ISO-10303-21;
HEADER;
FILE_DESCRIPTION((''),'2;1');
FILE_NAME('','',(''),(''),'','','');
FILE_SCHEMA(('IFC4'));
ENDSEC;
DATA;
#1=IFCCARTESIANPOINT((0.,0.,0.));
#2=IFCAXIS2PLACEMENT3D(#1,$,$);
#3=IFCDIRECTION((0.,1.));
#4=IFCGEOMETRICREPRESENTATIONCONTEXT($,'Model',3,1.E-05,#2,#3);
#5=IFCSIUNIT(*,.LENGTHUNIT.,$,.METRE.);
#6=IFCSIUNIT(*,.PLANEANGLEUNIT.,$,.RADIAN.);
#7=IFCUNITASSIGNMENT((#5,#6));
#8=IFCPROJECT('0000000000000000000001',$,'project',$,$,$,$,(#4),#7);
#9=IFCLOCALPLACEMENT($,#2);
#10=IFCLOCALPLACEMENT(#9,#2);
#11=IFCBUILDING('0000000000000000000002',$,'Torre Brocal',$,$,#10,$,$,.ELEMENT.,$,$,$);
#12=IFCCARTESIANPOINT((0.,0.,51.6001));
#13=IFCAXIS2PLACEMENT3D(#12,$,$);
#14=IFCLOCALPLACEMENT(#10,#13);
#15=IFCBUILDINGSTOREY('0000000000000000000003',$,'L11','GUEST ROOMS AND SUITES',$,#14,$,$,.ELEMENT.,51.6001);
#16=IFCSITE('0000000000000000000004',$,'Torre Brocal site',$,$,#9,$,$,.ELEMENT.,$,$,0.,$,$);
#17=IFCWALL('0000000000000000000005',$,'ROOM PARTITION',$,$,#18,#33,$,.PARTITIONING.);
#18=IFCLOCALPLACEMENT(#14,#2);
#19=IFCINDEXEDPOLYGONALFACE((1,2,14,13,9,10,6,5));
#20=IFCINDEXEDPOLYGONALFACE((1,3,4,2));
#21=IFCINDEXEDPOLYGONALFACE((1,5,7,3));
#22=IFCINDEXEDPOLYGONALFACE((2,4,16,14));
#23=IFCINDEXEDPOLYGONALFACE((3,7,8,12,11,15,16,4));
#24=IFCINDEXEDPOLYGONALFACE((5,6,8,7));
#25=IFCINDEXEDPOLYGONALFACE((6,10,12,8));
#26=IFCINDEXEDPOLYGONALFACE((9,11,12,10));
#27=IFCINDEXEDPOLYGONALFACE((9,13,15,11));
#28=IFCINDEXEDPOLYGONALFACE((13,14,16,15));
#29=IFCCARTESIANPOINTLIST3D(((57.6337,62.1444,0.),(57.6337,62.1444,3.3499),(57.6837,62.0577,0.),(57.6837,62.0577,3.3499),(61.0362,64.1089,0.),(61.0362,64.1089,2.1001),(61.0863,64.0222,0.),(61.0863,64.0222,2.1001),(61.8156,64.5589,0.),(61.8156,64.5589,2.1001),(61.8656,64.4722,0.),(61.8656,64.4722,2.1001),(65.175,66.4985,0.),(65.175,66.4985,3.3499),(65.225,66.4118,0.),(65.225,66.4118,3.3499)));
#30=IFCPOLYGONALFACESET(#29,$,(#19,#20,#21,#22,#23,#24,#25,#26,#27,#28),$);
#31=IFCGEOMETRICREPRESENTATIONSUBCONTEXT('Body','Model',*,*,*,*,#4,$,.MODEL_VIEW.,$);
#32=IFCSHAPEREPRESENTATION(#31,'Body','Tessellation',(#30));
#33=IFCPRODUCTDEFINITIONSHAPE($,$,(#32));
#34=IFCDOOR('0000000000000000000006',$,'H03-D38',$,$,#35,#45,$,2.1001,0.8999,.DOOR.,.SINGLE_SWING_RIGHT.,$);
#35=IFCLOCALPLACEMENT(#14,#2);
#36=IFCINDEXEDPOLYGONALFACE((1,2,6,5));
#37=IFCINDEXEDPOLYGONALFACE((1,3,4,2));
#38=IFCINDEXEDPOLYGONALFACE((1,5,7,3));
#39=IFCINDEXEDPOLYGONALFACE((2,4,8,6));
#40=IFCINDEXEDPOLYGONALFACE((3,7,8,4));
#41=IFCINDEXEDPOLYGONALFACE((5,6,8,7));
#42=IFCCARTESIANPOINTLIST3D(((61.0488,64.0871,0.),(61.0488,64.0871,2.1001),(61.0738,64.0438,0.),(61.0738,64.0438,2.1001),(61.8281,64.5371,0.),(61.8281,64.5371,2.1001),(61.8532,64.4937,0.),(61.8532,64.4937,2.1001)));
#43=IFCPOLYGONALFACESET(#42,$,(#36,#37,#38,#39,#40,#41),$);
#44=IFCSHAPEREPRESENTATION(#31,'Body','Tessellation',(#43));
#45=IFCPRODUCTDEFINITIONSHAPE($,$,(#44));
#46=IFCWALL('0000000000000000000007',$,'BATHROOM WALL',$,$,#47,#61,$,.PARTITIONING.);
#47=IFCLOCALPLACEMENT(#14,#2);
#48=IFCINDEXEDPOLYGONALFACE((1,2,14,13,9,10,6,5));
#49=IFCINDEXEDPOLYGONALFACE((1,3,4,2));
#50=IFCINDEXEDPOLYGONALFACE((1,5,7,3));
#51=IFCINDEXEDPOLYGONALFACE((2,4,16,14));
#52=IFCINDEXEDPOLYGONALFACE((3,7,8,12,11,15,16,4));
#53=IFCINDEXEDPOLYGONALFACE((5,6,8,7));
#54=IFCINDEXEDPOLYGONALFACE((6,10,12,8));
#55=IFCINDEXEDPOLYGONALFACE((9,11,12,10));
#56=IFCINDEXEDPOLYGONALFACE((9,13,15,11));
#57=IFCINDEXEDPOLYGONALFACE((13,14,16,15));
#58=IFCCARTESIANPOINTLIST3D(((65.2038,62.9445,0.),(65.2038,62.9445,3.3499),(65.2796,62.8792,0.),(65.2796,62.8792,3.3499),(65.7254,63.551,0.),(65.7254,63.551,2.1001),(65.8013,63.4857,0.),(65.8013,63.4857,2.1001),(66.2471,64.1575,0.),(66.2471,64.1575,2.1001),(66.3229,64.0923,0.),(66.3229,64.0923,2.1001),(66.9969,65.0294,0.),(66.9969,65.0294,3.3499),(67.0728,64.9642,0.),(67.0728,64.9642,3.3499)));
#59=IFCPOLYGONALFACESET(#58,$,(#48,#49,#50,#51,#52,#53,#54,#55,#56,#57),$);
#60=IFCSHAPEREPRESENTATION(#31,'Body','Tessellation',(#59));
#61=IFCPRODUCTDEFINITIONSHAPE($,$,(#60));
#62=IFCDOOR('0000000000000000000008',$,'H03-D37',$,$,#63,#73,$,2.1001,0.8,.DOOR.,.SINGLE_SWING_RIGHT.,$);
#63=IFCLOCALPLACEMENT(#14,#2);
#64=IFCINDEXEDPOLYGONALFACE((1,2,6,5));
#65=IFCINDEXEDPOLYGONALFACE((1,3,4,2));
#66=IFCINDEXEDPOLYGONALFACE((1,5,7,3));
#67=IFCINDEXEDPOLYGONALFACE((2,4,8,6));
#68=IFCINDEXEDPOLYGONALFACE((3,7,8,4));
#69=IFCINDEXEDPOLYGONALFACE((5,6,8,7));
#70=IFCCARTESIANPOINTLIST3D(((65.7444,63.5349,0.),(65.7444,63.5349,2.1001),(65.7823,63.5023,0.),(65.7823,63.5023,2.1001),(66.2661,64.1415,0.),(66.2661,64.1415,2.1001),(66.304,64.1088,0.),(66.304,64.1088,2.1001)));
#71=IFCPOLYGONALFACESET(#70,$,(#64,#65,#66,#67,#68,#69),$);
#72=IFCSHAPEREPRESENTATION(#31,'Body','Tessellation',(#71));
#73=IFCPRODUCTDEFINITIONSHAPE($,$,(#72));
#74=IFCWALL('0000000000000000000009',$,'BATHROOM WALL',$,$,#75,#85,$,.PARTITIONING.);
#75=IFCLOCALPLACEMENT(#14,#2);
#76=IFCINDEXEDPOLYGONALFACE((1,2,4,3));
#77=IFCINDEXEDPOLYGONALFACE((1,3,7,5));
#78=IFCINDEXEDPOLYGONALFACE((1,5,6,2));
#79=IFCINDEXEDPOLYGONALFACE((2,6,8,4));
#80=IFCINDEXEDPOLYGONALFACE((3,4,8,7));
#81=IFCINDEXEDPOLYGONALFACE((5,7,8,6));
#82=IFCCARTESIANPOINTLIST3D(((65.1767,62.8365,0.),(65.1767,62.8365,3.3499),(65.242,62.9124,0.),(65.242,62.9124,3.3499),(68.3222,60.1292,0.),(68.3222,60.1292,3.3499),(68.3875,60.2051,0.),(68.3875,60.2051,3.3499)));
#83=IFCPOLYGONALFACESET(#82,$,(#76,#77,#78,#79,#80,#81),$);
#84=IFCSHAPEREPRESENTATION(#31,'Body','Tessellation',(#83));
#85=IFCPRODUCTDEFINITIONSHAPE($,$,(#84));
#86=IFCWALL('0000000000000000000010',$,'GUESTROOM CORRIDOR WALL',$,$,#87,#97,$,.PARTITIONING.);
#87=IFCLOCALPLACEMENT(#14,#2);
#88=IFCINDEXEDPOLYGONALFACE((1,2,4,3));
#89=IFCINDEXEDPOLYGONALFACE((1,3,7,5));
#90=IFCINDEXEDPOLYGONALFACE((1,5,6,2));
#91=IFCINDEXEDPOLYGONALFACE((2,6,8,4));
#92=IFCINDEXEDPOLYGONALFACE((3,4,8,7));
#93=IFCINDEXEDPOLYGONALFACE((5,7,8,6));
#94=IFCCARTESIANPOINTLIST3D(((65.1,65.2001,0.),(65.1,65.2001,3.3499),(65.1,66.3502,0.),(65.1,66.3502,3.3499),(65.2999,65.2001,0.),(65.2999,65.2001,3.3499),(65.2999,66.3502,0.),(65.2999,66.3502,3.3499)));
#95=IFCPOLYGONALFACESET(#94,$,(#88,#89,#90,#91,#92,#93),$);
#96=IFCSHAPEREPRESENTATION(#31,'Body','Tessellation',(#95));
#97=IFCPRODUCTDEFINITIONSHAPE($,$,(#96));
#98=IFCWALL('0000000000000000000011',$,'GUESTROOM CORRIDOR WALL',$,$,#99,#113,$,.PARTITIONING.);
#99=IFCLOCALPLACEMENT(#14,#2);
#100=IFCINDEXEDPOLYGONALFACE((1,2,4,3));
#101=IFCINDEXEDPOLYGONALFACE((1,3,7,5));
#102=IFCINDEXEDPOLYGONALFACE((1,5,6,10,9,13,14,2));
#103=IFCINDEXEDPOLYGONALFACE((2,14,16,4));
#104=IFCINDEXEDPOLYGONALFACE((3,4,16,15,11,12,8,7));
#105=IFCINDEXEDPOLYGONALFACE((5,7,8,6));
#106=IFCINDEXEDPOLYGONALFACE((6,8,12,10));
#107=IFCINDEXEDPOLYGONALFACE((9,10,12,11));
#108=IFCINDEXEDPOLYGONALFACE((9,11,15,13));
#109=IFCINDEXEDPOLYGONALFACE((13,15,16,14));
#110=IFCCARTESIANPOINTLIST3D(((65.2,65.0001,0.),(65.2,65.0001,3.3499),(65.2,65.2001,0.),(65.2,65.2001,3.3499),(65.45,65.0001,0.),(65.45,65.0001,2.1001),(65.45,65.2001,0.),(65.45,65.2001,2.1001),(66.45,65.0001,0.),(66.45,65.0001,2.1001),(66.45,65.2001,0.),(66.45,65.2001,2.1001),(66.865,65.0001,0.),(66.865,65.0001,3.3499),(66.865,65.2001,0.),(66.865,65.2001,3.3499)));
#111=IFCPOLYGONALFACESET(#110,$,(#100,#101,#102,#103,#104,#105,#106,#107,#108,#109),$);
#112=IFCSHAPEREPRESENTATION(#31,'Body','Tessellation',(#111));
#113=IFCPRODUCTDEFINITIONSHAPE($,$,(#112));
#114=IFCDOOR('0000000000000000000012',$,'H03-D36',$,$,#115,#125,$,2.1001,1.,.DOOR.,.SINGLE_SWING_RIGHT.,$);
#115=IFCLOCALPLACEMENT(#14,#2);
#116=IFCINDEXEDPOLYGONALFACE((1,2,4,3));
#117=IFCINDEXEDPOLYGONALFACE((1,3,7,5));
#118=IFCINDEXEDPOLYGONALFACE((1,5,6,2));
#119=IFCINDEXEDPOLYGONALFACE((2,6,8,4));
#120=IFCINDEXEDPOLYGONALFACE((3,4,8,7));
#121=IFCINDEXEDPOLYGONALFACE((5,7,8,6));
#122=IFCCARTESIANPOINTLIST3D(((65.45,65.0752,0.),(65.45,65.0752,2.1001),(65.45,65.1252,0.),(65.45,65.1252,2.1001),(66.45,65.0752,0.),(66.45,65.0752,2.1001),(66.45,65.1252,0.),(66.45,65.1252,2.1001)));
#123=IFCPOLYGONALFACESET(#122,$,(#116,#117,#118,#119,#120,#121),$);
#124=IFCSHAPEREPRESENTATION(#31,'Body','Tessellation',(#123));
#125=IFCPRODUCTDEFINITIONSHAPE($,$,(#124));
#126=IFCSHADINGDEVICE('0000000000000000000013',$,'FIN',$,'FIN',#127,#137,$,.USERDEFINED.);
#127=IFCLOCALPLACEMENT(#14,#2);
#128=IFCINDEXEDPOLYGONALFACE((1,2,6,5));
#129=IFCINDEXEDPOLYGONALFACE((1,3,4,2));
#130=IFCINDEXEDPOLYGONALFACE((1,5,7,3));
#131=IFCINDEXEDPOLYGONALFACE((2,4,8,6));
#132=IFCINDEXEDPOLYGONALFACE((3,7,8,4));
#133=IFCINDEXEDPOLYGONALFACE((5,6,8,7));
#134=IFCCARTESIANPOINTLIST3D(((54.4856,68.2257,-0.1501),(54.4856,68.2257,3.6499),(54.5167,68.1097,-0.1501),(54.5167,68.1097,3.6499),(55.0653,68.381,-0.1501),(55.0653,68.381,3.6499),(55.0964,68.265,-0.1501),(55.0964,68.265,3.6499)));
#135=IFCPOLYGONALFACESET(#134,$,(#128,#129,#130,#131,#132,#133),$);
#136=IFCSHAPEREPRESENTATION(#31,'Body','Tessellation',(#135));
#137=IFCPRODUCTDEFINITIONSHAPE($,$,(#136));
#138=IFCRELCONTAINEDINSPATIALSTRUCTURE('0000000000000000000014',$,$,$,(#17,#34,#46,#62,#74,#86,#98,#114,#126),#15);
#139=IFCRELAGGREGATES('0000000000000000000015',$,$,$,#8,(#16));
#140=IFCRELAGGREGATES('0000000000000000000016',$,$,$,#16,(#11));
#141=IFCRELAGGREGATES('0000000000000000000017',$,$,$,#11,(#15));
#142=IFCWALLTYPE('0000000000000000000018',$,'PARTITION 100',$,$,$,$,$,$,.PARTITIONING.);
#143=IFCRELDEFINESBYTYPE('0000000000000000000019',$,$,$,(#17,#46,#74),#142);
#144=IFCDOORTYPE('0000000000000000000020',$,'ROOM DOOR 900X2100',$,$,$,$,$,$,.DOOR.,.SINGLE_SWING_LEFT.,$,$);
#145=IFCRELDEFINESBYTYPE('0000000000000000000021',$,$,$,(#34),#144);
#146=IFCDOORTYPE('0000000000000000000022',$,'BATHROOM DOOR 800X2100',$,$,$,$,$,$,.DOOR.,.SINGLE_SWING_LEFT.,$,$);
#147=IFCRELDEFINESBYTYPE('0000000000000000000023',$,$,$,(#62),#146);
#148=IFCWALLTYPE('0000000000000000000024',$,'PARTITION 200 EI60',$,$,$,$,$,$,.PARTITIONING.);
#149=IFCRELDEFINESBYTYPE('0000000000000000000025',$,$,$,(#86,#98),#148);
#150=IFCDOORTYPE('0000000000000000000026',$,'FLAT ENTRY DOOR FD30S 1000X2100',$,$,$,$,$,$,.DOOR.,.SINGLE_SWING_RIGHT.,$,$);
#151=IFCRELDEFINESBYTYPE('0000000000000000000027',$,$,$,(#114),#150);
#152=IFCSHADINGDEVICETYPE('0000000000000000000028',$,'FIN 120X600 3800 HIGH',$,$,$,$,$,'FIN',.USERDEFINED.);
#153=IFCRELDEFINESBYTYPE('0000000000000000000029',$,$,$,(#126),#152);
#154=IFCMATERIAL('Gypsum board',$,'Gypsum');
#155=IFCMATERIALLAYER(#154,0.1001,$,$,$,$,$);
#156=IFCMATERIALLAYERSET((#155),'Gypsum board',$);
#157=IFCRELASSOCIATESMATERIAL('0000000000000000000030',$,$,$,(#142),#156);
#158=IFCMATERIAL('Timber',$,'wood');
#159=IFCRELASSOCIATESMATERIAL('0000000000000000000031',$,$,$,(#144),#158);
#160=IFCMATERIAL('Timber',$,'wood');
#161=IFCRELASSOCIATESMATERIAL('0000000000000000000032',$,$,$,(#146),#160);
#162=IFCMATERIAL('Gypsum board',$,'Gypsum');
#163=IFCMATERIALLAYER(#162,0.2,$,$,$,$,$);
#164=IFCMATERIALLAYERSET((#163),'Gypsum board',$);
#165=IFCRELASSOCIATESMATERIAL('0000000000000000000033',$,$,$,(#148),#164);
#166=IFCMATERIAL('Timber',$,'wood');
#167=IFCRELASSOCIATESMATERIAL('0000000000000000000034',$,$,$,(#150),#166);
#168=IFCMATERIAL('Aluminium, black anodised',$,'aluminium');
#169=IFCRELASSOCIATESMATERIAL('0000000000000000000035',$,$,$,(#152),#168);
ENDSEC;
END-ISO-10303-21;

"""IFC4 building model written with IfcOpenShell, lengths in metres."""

from ifc_helpers import new_model, si_unit, direction, frame, frame_2d, origin, origin_2d, place, context, subcontext, project, spatial, rectangle, extrude, material, layer, layer_set, material_profile, profile_set, type_object, element, fill, save


model = new_model("IFC4")

# Units and contexts
model_context = context("Model", 3, precision=1e-05, world=origin(), true_north=direction((0.0, 1.0)))
body_context = subcontext(model_context, "Body", "Model", "MODEL_VIEW")
ifc_project = project(units=[si_unit("LENGTHUNIT", "METRE"), si_unit("PLANEANGLEUNIT", "RADIAN")], contexts=[model_context])

# Site, building, storey
site_placement = place(None, origin())
site = spatial("IfcSite", under=ifc_project, at=site_placement, Name="Torre Brocal site", CompositionType="ELEMENT", RefElevation=0.0)
building_placement = place(site_placement, origin())
building = spatial("IfcBuilding", under=site, at=building_placement, Name="Torre Brocal", CompositionType="ELEMENT")
storey_placement = place(building_placement, frame((0.0, 0.0, 51.6001)))
storey = spatial("IfcBuildingStorey", under=building, at=storey_placement, Name="L11", Description="GUEST ROOMS AND SUITES", CompositionType="ELEMENT", Elevation=51.6001)

# Walls, openings, doors
ifc_material_1 = material(Name="Gypsum board", Category="Gypsum")
ifc_layer_1 = layer(ifc_material_1, 0.1001)
ifc_layer_set_1 = layer_set([ifc_layer_1], Name="Gypsum board")
wall_type_1 = type_object("IfcWallType", Name="PARTITION 100", PredefinedType="PARTITIONING", material=ifc_layer_set_1)
wall_1_placement = place(storey_placement, frame((57.6587, 62.1011, 0.0), z_axis=(0.0, 0.0, 1.0), x_axis=(0.866023, 0.500005, 0.0)))
wall_1 = element("IfcWall", 1, at=wall_1_placement, inside=storey, type_object=wall_type_1, Name="ROOM PARTITION", PredefinedType="PARTITIONING", context=body_context, shape_type="SweptSolid", body=[
    extrude(rectangle(XDim=8.708, YDim=0.1001, at=frame_2d((4.354, 0.0))), origin(), (0.0, 0.0, 1.0), 3.3499),
])
opening_1_placement = place(wall_1_placement, frame((3.929, 0.0, 0.0)))
opening_1 = element("IfcOpeningElement", 2, at=opening_1_placement, cuts=wall_1, PredefinedType="OPENING", context=body_context, shape_type="SweptSolid", body=[
    extrude(rectangle(XDim=0.8999, YDim=2.1001, at=frame_2d((0.45, 1.05))), frame((0.0, 0.0601, 0.0), z_axis=(0.0, -1.0, 0.0), x_axis=(1.0, 0.0, 0.0)), (0.0, 0.0, 1.0), 0.1201),
])
ifc_material_2 = material(Name="Timber", Category="wood")
door_type_1 = type_object("IfcDoorType", Name="ROOM DOOR 900X2100", OperationType="SINGLE_SWING_LEFT", PredefinedType="DOOR", material=ifc_material_2)
door_1_placement = place(opening_1_placement, origin())
door_1 = element("IfcDoor", 3, at=door_1_placement, inside=storey, type_object=door_type_1, Name="H03-D38", OperationType="SINGLE_SWING_RIGHT", OverallHeight=2.1001, OverallWidth=0.8999, PredefinedType="DOOR", context=body_context, shape_type="SweptSolid", body=[
    extrude(rectangle(XDim=0.8999, YDim=2.1001, at=frame_2d((0.45, 1.05))), frame((0.0, 0.0249, 0.0), z_axis=(0.0, -1.0, 0.0), x_axis=(1.0, 0.0, 0.0)), (0.0, 0.0, 1.0), 0.05),
])
fill(opening_1, door_1)
wall_2_placement = place(storey_placement, frame((65.2417, 62.9119, 0.0), z_axis=(0.0, 0.0, 1.0), x_axis=(0.65207, 0.758159, 0.0)))
wall_2 = element("IfcWall", 4, at=wall_2_placement, inside=storey, type_object=wall_type_1, Name="BATHROOM WALL", PredefinedType="PARTITIONING", context=body_context, shape_type="SweptSolid", body=[
    extrude(rectangle(XDim=2.75, YDim=0.1001, at=frame_2d((1.375, 0.0))), origin(), (0.0, 0.0, 1.0), 3.3499),
])
opening_2_placement = place(wall_2_placement, frame((0.8, 0.0, 0.0)))
opening_2 = element("IfcOpeningElement", 5, at=opening_2_placement, cuts=wall_2, PredefinedType="OPENING", context=body_context, shape_type="SweptSolid", body=[
    extrude(rectangle(XDim=0.8, YDim=2.1001, at=frame_2d((0.3999, 1.05))), frame((0.0, 0.0601, 0.0), z_axis=(0.0, -1.0, 0.0), x_axis=(1.0, 0.0, 0.0)), (0.0, 0.0, 1.0), 0.1201),
])
ifc_material_3 = material(Name="Timber", Category="wood")
door_type_2 = type_object("IfcDoorType", Name="BATHROOM DOOR 800X2100", OperationType="SINGLE_SWING_LEFT", PredefinedType="DOOR", material=ifc_material_3)
door_2_placement = place(opening_2_placement, frame((0.8, 0.0, 0.0), z_axis=(0.0, 0.0, 1.0), x_axis=(-1.0, 0.0, 0.0)))
door_2 = element("IfcDoor", 6, at=door_2_placement, inside=storey, type_object=door_type_2, Name="H03-D37", OperationType="SINGLE_SWING_RIGHT", OverallHeight=2.1001, OverallWidth=0.8, PredefinedType="DOOR", context=body_context, shape_type="SweptSolid", body=[
    extrude(rectangle(XDim=0.8, YDim=2.1001, at=frame_2d((0.3999, 1.05))), frame((0.0, 0.0249, 0.0), z_axis=(0.0, -1.0, 0.0), x_axis=(1.0, 0.0, 0.0)), (0.0, 0.0, 1.0), 0.05),
])
fill(opening_2, door_2)

# Walls
wall_3_placement = place(storey_placement, frame((65.2092, 62.8745, 0.0), z_axis=(0.0, 0.0, 1.0), x_axis=(0.75793, -0.652335, 0.0)))
element("IfcWall", 7, at=wall_3_placement, inside=storey, type_object=wall_type_1, Name="BATHROOM WALL", PredefinedType="PARTITIONING", context=body_context, shape_type="SweptSolid", body=[
    extrude(rectangle(XDim=4.1501, YDim=0.1001, at=frame_2d((2.0752, 0.0))), origin(), (0.0, 0.0, 1.0), 3.3499),
])
ifc_material_4 = material(Name="Gypsum board", Category="Gypsum")
ifc_layer_2 = layer(ifc_material_4, 0.2)
ifc_layer_set_2 = layer_set([ifc_layer_2], Name="Gypsum board")
wall_type_2 = type_object("IfcWallType", Name="PARTITION 200 EI60", PredefinedType="PARTITIONING", material=ifc_layer_set_2)
wall_4_placement = place(storey_placement, frame((65.2, 65.2, 0.0), z_axis=(0.0, 0.0, 1.0), x_axis=(0.0, 1.0, 0.0)))
element("IfcWall", 8, at=wall_4_placement, inside=storey, type_object=wall_type_2, Name="GUESTROOM CORRIDOR WALL", PredefinedType="PARTITIONING", context=body_context, shape_type="SweptSolid", body=[
    extrude(rectangle(XDim=1.1501, YDim=0.2, at=frame_2d((0.5752, 0.0))), origin(), (0.0, 0.0, 1.0), 3.3499),
])

# Wall, opening, door
wall_5_placement = place(storey_placement, frame((65.2, 65.1001, 0.0), z_axis=(0.0, 0.0, 1.0), x_axis=(1.0, 0.0, 0.0)))
wall_5 = element("IfcWall", 9, at=wall_5_placement, inside=storey, type_object=wall_type_2, Name="GUESTROOM CORRIDOR WALL", PredefinedType="PARTITIONING", context=body_context, shape_type="SweptSolid", body=[
    extrude(rectangle(XDim=1.665, YDim=0.2, at=frame_2d((0.8325, 0.0))), origin(), (0.0, 0.0, 1.0), 3.3499),
])
opening_3_placement = place(wall_5_placement, frame((0.25, 0.0, 0.0)))
opening_3 = element("IfcOpeningElement", 10, at=opening_3_placement, cuts=wall_5, PredefinedType="OPENING", context=body_context, shape_type="SweptSolid", body=[
    extrude(rectangle(XDim=1.0, YDim=2.1001, at=frame_2d((0.5, 1.05))), frame((0.0, 0.1099, 0.0), z_axis=(0.0, -1.0, 0.0), x_axis=(1.0, 0.0, 0.0)), (0.0, 0.0, 1.0), 0.22),
])
ifc_material_5 = material(Name="Timber", Category="wood")
door_type_3 = type_object("IfcDoorType", Name="FLAT ENTRY DOOR FD30S 1000X2100", OperationType="SINGLE_SWING_RIGHT", PredefinedType="DOOR", material=ifc_material_5)
door_3_placement = place(opening_3_placement, frame((1.0, 0.0, 0.0), z_axis=(0.0, 0.0, 1.0), x_axis=(-1.0, 0.0, 0.0)))
door_3 = element("IfcDoor", 11, at=door_3_placement, inside=storey, type_object=door_type_3, Name="H03-D36", OperationType="SINGLE_SWING_RIGHT", OverallHeight=2.1001, OverallWidth=1.0, PredefinedType="DOOR", context=body_context, shape_type="SweptSolid", body=[
    extrude(rectangle(XDim=1.0, YDim=2.1001, at=frame_2d((0.5, 1.05))), frame((0.0, 0.0249, 0.0), z_axis=(0.0, -1.0, 0.0), x_axis=(1.0, 0.0, 0.0)), (0.0, 0.0, 1.0), 0.05),
])
fill(opening_3, door_3)

# Shading device
ifc_material_6 = material(Name="Aluminium, black anodised", Category="aluminium")
ifc_material_profile_1 = material_profile(ifc_material_6, rectangle(XDim=0.1201, YDim=0.6001, at=origin_2d()), Name="FIN 120X600 3800 HIGH")
ifc_profile_set_1 = profile_set([ifc_material_profile_1], Name="Aluminium, black anodised")
shading_device_type = type_object("IfcShadingDeviceType", Name="FIN 120X600 3800 HIGH", ElementType="FIN", PredefinedType="USERDEFINED", material=ifc_profile_set_1)
shading_device_placement = place(storey_placement, frame((54.791, 68.2454, -0.1501), z_axis=(0.0, 0.0, 1.0), x_axis=(0.258819, -0.965926, 0.0)))
element("IfcShadingDevice", 12, at=shading_device_placement, inside=storey, type_object=shading_device_type, Name="FIN", ObjectType="FIN", PredefinedType="USERDEFINED", context=body_context, shape_type="SweptSolid", body=[
    extrude(rectangle(XDim=0.1201, YDim=0.6001, at=origin_2d()), origin(), (0.0, 0.0, 1.0), 3.8),
])

save(model, "model.ifc")
